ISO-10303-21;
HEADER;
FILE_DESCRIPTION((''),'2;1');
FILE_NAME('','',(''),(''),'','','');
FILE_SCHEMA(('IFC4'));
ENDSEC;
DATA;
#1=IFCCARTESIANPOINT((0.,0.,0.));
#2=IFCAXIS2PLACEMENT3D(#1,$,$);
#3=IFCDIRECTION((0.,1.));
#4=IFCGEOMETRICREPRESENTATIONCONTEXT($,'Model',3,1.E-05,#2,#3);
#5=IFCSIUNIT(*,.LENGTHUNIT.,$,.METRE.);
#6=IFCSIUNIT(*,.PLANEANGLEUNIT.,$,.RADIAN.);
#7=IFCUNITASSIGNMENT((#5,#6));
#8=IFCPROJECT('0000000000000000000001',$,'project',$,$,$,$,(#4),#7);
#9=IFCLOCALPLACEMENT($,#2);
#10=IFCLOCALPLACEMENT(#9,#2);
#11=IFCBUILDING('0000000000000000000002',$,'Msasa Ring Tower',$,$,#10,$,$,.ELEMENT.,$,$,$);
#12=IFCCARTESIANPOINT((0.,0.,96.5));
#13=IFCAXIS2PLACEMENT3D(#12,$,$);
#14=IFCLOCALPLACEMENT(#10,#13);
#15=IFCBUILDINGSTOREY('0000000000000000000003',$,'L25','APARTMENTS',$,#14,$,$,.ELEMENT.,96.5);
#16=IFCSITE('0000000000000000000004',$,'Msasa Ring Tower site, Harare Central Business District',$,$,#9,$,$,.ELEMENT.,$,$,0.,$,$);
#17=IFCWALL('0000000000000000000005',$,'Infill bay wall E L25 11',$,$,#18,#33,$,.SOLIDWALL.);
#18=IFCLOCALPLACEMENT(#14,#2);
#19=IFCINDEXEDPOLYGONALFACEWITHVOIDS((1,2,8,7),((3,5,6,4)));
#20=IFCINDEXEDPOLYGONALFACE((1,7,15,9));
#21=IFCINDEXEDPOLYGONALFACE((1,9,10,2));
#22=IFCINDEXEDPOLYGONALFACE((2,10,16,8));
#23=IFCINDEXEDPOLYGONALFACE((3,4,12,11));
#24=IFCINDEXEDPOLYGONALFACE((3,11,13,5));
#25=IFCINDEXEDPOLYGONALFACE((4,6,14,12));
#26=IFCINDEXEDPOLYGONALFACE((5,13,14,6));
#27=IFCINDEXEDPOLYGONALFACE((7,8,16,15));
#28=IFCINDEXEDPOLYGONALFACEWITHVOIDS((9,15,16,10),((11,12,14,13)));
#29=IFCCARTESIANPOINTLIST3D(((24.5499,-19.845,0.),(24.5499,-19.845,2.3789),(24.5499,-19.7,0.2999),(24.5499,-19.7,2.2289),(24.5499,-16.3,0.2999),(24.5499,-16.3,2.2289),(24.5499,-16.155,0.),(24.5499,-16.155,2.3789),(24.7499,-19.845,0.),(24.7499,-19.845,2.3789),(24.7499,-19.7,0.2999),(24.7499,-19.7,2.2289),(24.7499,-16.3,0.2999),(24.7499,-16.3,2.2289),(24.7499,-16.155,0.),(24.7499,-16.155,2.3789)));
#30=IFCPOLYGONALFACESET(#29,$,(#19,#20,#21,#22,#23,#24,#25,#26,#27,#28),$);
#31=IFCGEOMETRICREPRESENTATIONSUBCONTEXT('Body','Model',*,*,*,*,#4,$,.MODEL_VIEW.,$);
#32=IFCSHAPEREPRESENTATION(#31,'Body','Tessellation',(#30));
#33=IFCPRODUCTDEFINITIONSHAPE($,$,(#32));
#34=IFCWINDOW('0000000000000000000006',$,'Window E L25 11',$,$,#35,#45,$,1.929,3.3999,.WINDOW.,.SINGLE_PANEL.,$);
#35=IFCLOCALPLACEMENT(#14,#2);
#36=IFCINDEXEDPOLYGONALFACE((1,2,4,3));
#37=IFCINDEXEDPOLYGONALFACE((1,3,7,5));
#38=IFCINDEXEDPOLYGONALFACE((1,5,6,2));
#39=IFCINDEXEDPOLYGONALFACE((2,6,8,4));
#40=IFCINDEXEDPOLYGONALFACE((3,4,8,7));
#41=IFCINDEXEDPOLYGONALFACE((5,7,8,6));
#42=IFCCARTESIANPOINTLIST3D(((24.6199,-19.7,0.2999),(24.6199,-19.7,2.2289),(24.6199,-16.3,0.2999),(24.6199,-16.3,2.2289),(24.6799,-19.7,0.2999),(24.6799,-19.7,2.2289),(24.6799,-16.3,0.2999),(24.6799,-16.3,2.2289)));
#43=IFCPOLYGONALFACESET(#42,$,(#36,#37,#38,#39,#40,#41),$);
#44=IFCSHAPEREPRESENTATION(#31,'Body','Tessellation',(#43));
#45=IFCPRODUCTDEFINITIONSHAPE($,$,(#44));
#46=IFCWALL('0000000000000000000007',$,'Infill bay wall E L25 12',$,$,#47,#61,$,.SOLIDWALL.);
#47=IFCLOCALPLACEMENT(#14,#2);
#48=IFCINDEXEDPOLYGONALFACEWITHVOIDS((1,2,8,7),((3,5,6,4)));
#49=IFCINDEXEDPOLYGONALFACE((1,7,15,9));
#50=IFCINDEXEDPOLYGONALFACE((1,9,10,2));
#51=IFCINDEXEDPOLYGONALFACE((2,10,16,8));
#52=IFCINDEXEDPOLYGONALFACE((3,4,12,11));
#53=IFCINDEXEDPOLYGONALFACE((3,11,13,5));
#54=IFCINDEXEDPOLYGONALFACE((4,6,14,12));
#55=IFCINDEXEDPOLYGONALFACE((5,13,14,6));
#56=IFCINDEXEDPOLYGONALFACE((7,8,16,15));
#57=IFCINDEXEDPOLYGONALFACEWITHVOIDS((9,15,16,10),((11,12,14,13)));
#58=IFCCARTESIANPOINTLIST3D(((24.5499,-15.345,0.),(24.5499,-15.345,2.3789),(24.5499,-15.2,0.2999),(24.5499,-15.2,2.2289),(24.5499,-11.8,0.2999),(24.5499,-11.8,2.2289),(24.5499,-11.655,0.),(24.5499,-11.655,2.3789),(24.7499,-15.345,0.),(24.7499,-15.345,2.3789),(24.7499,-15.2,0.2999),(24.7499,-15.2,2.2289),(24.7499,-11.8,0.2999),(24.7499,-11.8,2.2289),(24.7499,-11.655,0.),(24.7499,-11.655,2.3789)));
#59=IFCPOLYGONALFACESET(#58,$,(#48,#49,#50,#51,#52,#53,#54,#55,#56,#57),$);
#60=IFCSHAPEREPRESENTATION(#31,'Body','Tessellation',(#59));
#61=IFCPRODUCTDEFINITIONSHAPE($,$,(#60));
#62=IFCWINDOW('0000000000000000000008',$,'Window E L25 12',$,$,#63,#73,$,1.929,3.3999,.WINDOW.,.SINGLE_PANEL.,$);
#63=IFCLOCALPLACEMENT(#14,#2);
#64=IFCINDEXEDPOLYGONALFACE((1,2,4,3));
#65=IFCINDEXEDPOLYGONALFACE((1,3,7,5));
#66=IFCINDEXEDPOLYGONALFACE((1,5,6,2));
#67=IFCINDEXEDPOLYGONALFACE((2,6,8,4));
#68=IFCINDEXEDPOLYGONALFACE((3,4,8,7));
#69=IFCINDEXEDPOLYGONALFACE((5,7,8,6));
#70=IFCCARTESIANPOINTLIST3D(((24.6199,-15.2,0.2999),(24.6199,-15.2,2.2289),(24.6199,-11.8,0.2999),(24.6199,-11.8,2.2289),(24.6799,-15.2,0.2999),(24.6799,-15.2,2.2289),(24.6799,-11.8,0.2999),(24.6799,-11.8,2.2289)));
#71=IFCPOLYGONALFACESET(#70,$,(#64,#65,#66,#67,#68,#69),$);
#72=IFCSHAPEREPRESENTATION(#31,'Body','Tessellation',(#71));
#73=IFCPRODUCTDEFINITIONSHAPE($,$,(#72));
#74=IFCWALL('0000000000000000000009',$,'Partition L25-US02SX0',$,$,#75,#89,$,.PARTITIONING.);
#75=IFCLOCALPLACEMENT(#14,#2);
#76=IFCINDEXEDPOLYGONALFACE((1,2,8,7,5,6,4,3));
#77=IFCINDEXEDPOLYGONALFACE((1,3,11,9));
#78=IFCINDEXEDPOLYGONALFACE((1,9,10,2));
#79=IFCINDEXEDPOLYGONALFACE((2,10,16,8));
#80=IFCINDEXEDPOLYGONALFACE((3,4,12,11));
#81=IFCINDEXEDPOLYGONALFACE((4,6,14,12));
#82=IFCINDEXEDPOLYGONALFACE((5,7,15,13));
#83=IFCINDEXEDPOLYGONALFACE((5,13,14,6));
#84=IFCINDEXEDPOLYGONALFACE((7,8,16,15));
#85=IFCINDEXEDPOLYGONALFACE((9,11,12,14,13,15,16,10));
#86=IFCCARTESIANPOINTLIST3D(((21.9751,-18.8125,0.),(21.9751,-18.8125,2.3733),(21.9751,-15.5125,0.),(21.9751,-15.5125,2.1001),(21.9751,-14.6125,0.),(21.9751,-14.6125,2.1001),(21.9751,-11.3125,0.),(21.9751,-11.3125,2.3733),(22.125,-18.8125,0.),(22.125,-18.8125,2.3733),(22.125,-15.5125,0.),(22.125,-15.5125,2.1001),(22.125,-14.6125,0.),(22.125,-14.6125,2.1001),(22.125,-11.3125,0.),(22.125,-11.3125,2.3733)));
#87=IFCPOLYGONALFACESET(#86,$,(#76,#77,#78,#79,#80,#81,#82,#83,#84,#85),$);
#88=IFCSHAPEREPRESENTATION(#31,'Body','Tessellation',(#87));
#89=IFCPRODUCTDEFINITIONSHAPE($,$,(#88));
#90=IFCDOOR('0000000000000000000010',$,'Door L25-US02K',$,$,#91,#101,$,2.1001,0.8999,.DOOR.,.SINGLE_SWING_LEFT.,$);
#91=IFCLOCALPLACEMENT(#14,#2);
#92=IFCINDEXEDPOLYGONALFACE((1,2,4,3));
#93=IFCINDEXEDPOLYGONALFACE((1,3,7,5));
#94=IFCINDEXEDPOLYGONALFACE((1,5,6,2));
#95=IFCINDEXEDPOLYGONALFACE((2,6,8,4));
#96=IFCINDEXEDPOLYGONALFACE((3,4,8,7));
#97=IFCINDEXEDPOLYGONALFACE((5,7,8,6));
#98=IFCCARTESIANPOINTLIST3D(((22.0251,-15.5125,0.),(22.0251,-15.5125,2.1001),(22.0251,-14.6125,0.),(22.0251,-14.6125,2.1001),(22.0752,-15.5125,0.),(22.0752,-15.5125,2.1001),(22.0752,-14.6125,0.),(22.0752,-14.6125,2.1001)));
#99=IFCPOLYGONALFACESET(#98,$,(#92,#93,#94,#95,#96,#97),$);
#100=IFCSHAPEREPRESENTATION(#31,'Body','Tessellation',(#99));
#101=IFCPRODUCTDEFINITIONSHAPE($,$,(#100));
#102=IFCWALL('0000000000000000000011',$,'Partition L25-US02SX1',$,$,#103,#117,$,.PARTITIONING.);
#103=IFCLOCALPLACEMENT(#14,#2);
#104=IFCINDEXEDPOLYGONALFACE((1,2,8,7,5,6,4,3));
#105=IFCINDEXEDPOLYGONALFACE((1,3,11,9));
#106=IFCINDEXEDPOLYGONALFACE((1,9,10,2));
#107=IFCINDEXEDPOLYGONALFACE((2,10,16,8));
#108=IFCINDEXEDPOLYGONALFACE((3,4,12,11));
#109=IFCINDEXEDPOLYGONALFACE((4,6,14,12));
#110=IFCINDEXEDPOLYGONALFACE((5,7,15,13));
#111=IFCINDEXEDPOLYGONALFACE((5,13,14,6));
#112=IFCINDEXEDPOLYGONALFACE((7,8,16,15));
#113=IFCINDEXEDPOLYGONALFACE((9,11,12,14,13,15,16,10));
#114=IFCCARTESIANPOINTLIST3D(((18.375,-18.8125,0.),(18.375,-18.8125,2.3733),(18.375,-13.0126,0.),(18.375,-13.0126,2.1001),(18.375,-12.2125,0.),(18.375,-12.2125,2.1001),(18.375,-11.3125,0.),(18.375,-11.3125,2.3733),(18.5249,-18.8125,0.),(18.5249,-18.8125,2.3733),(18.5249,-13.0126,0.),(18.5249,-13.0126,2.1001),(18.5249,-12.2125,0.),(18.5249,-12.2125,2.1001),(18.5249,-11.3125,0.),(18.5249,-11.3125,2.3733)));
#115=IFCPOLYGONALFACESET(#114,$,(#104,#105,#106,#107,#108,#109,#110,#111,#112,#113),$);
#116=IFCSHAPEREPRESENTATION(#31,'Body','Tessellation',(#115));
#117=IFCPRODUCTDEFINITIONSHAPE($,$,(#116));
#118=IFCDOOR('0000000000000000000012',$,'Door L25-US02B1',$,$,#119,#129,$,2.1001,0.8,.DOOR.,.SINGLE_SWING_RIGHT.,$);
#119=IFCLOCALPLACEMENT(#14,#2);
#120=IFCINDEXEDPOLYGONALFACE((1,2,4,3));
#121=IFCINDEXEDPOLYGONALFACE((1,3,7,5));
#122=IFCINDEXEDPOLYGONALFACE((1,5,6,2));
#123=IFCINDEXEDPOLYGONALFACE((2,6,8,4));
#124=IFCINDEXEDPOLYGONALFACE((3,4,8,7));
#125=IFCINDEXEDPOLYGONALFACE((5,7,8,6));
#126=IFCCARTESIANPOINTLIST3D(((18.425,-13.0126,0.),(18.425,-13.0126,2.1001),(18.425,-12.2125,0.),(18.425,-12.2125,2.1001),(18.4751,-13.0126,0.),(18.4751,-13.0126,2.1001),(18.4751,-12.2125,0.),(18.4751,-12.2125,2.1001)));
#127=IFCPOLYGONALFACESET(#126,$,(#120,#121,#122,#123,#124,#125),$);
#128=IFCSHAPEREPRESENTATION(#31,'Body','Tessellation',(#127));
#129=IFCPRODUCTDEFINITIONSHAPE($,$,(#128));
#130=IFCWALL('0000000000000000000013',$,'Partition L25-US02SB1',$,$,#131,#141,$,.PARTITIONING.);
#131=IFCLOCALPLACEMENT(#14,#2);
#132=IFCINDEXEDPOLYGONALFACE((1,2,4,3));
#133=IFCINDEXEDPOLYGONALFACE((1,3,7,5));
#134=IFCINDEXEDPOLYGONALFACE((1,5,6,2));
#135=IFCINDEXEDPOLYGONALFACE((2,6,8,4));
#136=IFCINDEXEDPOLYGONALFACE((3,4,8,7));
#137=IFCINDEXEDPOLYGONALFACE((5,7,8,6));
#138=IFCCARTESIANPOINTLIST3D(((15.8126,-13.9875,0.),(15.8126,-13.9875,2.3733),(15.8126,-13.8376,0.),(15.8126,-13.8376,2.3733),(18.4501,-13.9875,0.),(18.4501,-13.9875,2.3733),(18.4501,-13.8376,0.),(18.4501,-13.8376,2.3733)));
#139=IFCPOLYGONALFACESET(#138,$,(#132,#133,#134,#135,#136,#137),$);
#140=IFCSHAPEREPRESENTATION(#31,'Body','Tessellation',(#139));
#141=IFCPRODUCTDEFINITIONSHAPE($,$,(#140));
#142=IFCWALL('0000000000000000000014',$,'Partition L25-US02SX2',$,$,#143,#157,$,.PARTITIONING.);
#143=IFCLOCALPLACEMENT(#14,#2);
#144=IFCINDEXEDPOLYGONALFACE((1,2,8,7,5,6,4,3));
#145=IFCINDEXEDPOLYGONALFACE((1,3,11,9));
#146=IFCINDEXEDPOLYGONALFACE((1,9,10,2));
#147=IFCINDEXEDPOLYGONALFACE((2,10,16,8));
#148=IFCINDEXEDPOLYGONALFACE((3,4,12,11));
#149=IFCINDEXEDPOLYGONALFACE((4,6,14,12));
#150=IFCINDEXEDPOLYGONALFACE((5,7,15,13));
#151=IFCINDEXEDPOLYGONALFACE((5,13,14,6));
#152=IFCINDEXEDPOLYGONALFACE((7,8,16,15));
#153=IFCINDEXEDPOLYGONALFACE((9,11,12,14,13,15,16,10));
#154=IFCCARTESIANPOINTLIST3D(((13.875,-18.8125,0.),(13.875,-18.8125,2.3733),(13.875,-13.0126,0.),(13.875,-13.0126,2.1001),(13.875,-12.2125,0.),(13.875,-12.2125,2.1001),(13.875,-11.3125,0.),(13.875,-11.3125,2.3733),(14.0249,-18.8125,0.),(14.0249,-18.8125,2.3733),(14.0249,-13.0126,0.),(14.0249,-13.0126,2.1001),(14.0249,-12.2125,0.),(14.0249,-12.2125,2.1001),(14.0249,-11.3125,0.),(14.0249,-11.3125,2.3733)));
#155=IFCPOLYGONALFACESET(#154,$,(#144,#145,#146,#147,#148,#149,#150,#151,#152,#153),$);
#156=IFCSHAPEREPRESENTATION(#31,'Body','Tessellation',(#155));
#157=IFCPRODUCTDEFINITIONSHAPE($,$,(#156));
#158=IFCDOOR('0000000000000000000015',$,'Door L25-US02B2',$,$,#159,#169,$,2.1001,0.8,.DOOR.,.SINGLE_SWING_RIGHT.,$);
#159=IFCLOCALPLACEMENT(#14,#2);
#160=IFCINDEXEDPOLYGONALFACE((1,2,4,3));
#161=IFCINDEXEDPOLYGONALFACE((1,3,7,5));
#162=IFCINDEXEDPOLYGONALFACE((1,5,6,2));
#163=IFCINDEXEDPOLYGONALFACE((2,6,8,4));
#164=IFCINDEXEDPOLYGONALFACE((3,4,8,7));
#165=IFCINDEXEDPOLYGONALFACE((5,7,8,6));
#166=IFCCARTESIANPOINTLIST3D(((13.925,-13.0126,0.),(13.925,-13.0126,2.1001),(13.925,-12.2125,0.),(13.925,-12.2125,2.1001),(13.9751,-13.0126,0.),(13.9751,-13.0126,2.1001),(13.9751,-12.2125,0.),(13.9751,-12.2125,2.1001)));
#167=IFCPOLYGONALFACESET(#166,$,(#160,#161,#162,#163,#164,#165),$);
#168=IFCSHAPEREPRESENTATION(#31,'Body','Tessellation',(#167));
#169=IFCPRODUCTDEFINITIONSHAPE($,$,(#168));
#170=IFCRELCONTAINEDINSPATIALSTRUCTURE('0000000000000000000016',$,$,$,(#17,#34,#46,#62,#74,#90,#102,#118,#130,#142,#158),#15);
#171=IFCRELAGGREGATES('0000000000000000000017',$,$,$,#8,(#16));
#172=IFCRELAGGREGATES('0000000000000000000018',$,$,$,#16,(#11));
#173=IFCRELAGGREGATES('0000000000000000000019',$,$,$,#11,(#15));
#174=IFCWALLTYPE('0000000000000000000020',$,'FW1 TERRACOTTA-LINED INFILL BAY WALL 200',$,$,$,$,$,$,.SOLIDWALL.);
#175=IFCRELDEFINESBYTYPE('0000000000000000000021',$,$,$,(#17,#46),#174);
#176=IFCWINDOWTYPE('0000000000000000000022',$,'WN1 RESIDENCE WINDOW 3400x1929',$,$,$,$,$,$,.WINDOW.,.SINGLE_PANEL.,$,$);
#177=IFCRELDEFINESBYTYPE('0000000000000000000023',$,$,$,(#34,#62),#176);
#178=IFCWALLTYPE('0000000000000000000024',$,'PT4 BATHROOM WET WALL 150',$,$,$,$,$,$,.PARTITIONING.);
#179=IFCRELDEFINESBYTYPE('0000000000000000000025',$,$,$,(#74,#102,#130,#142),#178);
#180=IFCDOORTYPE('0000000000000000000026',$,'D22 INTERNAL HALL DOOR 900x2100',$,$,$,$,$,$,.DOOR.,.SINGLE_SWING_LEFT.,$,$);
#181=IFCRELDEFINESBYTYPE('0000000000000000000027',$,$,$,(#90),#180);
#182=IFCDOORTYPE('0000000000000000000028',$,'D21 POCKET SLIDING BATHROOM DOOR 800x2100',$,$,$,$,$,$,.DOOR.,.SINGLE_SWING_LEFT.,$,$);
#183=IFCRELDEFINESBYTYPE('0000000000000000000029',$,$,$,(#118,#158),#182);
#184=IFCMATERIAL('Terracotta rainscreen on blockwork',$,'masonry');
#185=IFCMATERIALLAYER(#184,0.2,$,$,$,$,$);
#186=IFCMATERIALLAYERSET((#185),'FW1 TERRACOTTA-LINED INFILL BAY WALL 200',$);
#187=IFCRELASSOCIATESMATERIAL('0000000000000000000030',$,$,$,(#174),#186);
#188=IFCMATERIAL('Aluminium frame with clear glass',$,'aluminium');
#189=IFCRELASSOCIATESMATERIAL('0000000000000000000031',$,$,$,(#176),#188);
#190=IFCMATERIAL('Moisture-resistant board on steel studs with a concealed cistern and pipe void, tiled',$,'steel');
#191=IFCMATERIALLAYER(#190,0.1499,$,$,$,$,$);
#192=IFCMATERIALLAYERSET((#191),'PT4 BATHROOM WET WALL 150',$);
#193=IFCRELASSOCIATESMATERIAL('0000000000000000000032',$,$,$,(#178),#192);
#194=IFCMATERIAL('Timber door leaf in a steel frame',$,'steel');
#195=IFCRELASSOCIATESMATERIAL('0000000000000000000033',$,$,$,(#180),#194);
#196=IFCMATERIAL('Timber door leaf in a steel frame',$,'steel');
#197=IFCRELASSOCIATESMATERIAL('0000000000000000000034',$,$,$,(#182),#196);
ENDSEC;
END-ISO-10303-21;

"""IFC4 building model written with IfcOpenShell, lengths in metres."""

from ifc_helpers import new_model, si_unit, direction, frame, frame_2d, origin, place, context, subcontext, project, spatial, rectangle, extrude, material, layer, layer_set, type_object, element, fill, save


model = new_model("IFC4")

# Units and contexts
model_context = context("Model", 3, precision=1e-05, world=origin(), true_north=direction((0.0, 1.0)))
body_context = subcontext(model_context, "Body", "Model", "MODEL_VIEW")
ifc_project = project(units=[si_unit("LENGTHUNIT", "METRE"), si_unit("PLANEANGLEUNIT", "RADIAN")], contexts=[model_context])

# Site, building, storey
site_placement = place(None, origin())
site = spatial("IfcSite", under=ifc_project, at=site_placement, Name="Msasa Ring Tower site, Harare Central Business District", CompositionType="ELEMENT", RefElevation=0.0)
building_placement = place(site_placement, origin())
building = spatial("IfcBuilding", under=site, at=building_placement, Name="Msasa Ring Tower", CompositionType="ELEMENT")
storey_placement = place(building_placement, frame((0.0, 0.0, 96.5)))
storey = spatial("IfcBuildingStorey", under=building, at=storey_placement, Name="L25", Description="APARTMENTS", CompositionType="ELEMENT", Elevation=96.5)

# Walls, openings, windows
ifc_material_1 = material(Name="Terracotta rainscreen on blockwork", Category="masonry")
ifc_layer_1 = layer(ifc_material_1, 0.2)
ifc_layer_set_1 = layer_set([ifc_layer_1], Name="FW1 TERRACOTTA-LINED INFILL BAY WALL 200")
wall_type_1 = type_object("IfcWallType", Name="FW1 TERRACOTTA-LINED INFILL BAY WALL 200", PredefinedType="SOLIDWALL", material=ifc_layer_set_1)
wall_1_placement = place(storey_placement, frame((24.6499, -19.845, 0.0), z_axis=(0.0, 0.0, 1.0), x_axis=(0.0, 1.0, 0.0)))
wall_1 = element("IfcWall", 1, at=wall_1_placement, inside=storey, type_object=wall_type_1, Name="Infill bay wall E L25 11", PredefinedType="SOLIDWALL", context=body_context, shape_type="SweptSolid", body=[
    extrude(rectangle(XDim=3.6899, YDim=0.2, at=frame_2d((1.845, 0.0))), origin(), (0.0, 0.0, 1.0), 2.3789),
])
opening_1_placement = place(wall_1_placement, frame((0.145, 0.0, 0.3)))
opening_1 = element("IfcOpeningElement", 2, at=opening_1_placement, cuts=wall_1, PredefinedType="OPENING", context=body_context, shape_type="SweptSolid", body=[
    extrude(rectangle(XDim=3.3999, YDim=1.929, at=frame_2d((1.7, 0.9644))), frame((0.0, 0.1099, 0.0), z_axis=(0.0, -1.0, 0.0), x_axis=(1.0, 0.0, 0.0)), (0.0, 0.0, 1.0), 0.22),
])
ifc_material_2 = material(Name="Aluminium frame with clear glass", Category="aluminium")
window_type = type_object("IfcWindowType", Name="WN1 RESIDENCE WINDOW 3400x1929", PartitioningType="SINGLE_PANEL", PredefinedType="WINDOW", material=ifc_material_2)
window_1_placement = place(opening_1_placement, origin())
window_1 = element("IfcWindow", 3, at=window_1_placement, inside=storey, type_object=window_type, Name="Window E L25 11", OverallHeight=1.929, OverallWidth=3.3999, PartitioningType="SINGLE_PANEL", PredefinedType="WINDOW", context=body_context, shape_type="SweptSolid", body=[
    extrude(rectangle(XDim=3.3999, YDim=1.929, at=frame_2d((1.7, 0.9644))), frame((0.0, 0.03, 0.0), z_axis=(0.0, -1.0, 0.0), x_axis=(1.0, 0.0, 0.0)), (0.0, 0.0, 1.0), 0.0601),
])
fill(opening_1, window_1)
wall_2_placement = place(storey_placement, frame((24.6499, -15.345, 0.0), z_axis=(0.0, 0.0, 1.0), x_axis=(0.0, 1.0, 0.0)))
wall_2 = element("IfcWall", 4, at=wall_2_placement, inside=storey, type_object=wall_type_1, Name="Infill bay wall E L25 12", PredefinedType="SOLIDWALL", context=body_context, shape_type="SweptSolid", body=[
    extrude(rectangle(XDim=3.6899, YDim=0.2, at=frame_2d((1.845, 0.0))), origin(), (0.0, 0.0, 1.0), 2.3789),
])
opening_2_placement = place(wall_2_placement, frame((0.145, 0.0, 0.3)))
opening_2 = element("IfcOpeningElement", 5, at=opening_2_placement, cuts=wall_2, PredefinedType="OPENING", context=body_context, shape_type="SweptSolid", body=[
    extrude(rectangle(XDim=3.3999, YDim=1.929, at=frame_2d((1.7, 0.9644))), frame((0.0, 0.1099, 0.0), z_axis=(0.0, -1.0, 0.0), x_axis=(1.0, 0.0, 0.0)), (0.0, 0.0, 1.0), 0.22),
])
window_2_placement = place(opening_2_placement, origin())
window_2 = element("IfcWindow", 6, at=window_2_placement, inside=storey, type_object=window_type, Name="Window E L25 12", OverallHeight=1.929, OverallWidth=3.3999, PartitioningType="SINGLE_PANEL", PredefinedType="WINDOW", context=body_context, shape_type="SweptSolid", body=[
    extrude(rectangle(XDim=3.3999, YDim=1.929, at=frame_2d((1.7, 0.9644))), frame((0.0, 0.03, 0.0), z_axis=(0.0, -1.0, 0.0), x_axis=(1.0, 0.0, 0.0)), (0.0, 0.0, 1.0), 0.0601),
])
fill(opening_2, window_2)

# Walls, openings, doors
ifc_material_3 = material(Name="Moisture-resistant board on steel studs with a concealed cistern and pipe void, tiled", Category="steel")
ifc_layer_2 = layer(ifc_material_3, 0.1499)
ifc_layer_set_2 = layer_set([ifc_layer_2], Name="PT4 BATHROOM WET WALL 150")
wall_type_2 = type_object("IfcWallType", Name="PT4 BATHROOM WET WALL 150", PredefinedType="PARTITIONING", material=ifc_layer_set_2)
wall_3_placement = place(storey_placement, frame((22.05, -18.8125, 0.0), z_axis=(0.0, 0.0, 1.0), x_axis=(0.0, 1.0, 0.0)))
wall_3 = element("IfcWall", 7, at=wall_3_placement, inside=storey, type_object=wall_type_2, Name="Partition L25-US02SX0", PredefinedType="PARTITIONING", context=body_context, shape_type="SweptSolid", body=[
    extrude(rectangle(XDim=7.5, YDim=0.1499, at=frame_2d((3.75, 0.0))), origin(), (0.0, 0.0, 1.0), 2.3733),
])
opening_3_placement = place(wall_3_placement, frame((3.3, 0.0, 0.0)))
opening_3 = element("IfcOpeningElement", 8, at=opening_3_placement, cuts=wall_3, PredefinedType="OPENING", context=body_context, shape_type="SweptSolid", body=[
    extrude(rectangle(XDim=0.8999, YDim=2.1001, at=frame_2d((0.45, 1.05))), frame((0.0, 0.085, 0.0), z_axis=(0.0, -1.0, 0.0), x_axis=(1.0, 0.0, 0.0)), (0.0, 0.0, 1.0), 0.1699),
])
ifc_material_4 = material(Name="Timber door leaf in a steel frame", Category="steel")
door_type_1 = type_object("IfcDoorType", Name="D22 INTERNAL HALL DOOR 900x2100", OperationType="SINGLE_SWING_LEFT", PredefinedType="DOOR", material=ifc_material_4)
door_1_placement = place(opening_3_placement, origin())
door_1 = element("IfcDoor", 9, at=door_1_placement, inside=storey, type_object=door_type_1, Name="Door L25-US02K", OperationType="SINGLE_SWING_LEFT", OverallHeight=2.1001, OverallWidth=0.8999, PredefinedType="DOOR", context=body_context, shape_type="SweptSolid", body=[
    extrude(rectangle(XDim=0.8999, YDim=2.1001, at=frame_2d((0.45, 1.05))), frame((0.0, 0.0249, 0.0), z_axis=(0.0, -1.0, 0.0), x_axis=(1.0, 0.0, 0.0)), (0.0, 0.0, 1.0), 0.05),
])
fill(opening_3, door_1)
wall_4_placement = place(storey_placement, frame((18.45, -18.8125, 0.0), z_axis=(0.0, 0.0, 1.0), x_axis=(0.0, 1.0, 0.0)))
wall_4 = element("IfcWall", 10, at=wall_4_placement, inside=storey, type_object=wall_type_2, Name="Partition L25-US02SX1", PredefinedType="PARTITIONING", context=body_context, shape_type="SweptSolid", body=[
    extrude(rectangle(XDim=7.5, YDim=0.1499, at=frame_2d((3.75, 0.0))), origin(), (0.0, 0.0, 1.0), 2.3733),
])
opening_4_placement = place(wall_4_placement, frame((5.8, 0.0, 0.0)))
opening_4 = element("IfcOpeningElement", 11, at=opening_4_placement, cuts=wall_4, PredefinedType="OPENING", context=body_context, shape_type="SweptSolid", body=[
    extrude(rectangle(XDim=0.8, YDim=2.1001, at=frame_2d((0.3999, 1.05))), frame((0.0, 0.085, 0.0), z_axis=(0.0, -1.0, 0.0), x_axis=(1.0, 0.0, 0.0)), (0.0, 0.0, 1.0), 0.1699),
])
ifc_material_5 = material(Name="Timber door leaf in a steel frame", Category="steel")
door_type_2 = type_object("IfcDoorType", Name="D21 POCKET SLIDING BATHROOM DOOR 800x2100", OperationType="SINGLE_SWING_LEFT", PredefinedType="DOOR", material=ifc_material_5)
door_2_placement = place(opening_4_placement, origin())
door_2 = element("IfcDoor", 12, at=door_2_placement, inside=storey, type_object=door_type_2, Name="Door L25-US02B1", OperationType="SINGLE_SWING_RIGHT", OverallHeight=2.1001, OverallWidth=0.8, PredefinedType="DOOR", context=body_context, shape_type="SweptSolid", body=[
    extrude(rectangle(XDim=0.8, YDim=2.1001, at=frame_2d((0.3999, 1.05))), frame((0.0, 0.0249, 0.0), z_axis=(0.0, -1.0, 0.0), x_axis=(1.0, 0.0, 0.0)), (0.0, 0.0, 1.0), 0.05),
])
fill(opening_4, door_2)

# Wall
wall_5_placement = place(storey_placement, frame((15.8125, -13.9126, 0.0), z_axis=(0.0, 0.0, 1.0), x_axis=(1.0, 0.0, 0.0)))
element("IfcWall", 13, at=wall_5_placement, inside=storey, type_object=wall_type_2, Name="Partition L25-US02SB1", PredefinedType="PARTITIONING", context=body_context, shape_type="SweptSolid", body=[
    extrude(rectangle(XDim=2.6375, YDim=0.1499, at=frame_2d((1.3188, 0.0))), origin(), (0.0, 0.0, 1.0), 2.3733),
])

# Wall, opening, door
wall_6_placement = place(storey_placement, frame((13.95, -18.8125, 0.0), z_axis=(0.0, 0.0, 1.0), x_axis=(0.0, 1.0, 0.0)))
wall_6 = element("IfcWall", 14, at=wall_6_placement, inside=storey, type_object=wall_type_2, Name="Partition L25-US02SX2", PredefinedType="PARTITIONING", context=body_context, shape_type="SweptSolid", body=[
    extrude(rectangle(XDim=7.5, YDim=0.1499, at=frame_2d((3.75, 0.0))), origin(), (0.0, 0.0, 1.0), 2.3733),
])
opening_5_placement = place(wall_6_placement, frame((5.8, 0.0, 0.0)))
opening_5 = element("IfcOpeningElement", 15, at=opening_5_placement, cuts=wall_6, PredefinedType="OPENING", context=body_context, shape_type="SweptSolid", body=[
    extrude(rectangle(XDim=0.8, YDim=2.1001, at=frame_2d((0.3999, 1.05))), frame((0.0, 0.085, 0.0), z_axis=(0.0, -1.0, 0.0), x_axis=(1.0, 0.0, 0.0)), (0.0, 0.0, 1.0), 0.1699),
])
door_3_placement = place(opening_5_placement, origin())
door_3 = element("IfcDoor", 16, at=door_3_placement, inside=storey, type_object=door_type_2, Name="Door L25-US02B2", OperationType="SINGLE_SWING_RIGHT", OverallHeight=2.1001, OverallWidth=0.8, PredefinedType="DOOR", context=body_context, shape_type="SweptSolid", body=[
    extrude(rectangle(XDim=0.8, YDim=2.1001, at=frame_2d((0.3999, 1.05))), frame((0.0, 0.0249, 0.0), z_axis=(0.0, -1.0, 0.0), x_axis=(1.0, 0.0, 0.0)), (0.0, 0.0, 1.0), 0.05),
])
fill(opening_5, door_3)

save(model, "model.ifc")
